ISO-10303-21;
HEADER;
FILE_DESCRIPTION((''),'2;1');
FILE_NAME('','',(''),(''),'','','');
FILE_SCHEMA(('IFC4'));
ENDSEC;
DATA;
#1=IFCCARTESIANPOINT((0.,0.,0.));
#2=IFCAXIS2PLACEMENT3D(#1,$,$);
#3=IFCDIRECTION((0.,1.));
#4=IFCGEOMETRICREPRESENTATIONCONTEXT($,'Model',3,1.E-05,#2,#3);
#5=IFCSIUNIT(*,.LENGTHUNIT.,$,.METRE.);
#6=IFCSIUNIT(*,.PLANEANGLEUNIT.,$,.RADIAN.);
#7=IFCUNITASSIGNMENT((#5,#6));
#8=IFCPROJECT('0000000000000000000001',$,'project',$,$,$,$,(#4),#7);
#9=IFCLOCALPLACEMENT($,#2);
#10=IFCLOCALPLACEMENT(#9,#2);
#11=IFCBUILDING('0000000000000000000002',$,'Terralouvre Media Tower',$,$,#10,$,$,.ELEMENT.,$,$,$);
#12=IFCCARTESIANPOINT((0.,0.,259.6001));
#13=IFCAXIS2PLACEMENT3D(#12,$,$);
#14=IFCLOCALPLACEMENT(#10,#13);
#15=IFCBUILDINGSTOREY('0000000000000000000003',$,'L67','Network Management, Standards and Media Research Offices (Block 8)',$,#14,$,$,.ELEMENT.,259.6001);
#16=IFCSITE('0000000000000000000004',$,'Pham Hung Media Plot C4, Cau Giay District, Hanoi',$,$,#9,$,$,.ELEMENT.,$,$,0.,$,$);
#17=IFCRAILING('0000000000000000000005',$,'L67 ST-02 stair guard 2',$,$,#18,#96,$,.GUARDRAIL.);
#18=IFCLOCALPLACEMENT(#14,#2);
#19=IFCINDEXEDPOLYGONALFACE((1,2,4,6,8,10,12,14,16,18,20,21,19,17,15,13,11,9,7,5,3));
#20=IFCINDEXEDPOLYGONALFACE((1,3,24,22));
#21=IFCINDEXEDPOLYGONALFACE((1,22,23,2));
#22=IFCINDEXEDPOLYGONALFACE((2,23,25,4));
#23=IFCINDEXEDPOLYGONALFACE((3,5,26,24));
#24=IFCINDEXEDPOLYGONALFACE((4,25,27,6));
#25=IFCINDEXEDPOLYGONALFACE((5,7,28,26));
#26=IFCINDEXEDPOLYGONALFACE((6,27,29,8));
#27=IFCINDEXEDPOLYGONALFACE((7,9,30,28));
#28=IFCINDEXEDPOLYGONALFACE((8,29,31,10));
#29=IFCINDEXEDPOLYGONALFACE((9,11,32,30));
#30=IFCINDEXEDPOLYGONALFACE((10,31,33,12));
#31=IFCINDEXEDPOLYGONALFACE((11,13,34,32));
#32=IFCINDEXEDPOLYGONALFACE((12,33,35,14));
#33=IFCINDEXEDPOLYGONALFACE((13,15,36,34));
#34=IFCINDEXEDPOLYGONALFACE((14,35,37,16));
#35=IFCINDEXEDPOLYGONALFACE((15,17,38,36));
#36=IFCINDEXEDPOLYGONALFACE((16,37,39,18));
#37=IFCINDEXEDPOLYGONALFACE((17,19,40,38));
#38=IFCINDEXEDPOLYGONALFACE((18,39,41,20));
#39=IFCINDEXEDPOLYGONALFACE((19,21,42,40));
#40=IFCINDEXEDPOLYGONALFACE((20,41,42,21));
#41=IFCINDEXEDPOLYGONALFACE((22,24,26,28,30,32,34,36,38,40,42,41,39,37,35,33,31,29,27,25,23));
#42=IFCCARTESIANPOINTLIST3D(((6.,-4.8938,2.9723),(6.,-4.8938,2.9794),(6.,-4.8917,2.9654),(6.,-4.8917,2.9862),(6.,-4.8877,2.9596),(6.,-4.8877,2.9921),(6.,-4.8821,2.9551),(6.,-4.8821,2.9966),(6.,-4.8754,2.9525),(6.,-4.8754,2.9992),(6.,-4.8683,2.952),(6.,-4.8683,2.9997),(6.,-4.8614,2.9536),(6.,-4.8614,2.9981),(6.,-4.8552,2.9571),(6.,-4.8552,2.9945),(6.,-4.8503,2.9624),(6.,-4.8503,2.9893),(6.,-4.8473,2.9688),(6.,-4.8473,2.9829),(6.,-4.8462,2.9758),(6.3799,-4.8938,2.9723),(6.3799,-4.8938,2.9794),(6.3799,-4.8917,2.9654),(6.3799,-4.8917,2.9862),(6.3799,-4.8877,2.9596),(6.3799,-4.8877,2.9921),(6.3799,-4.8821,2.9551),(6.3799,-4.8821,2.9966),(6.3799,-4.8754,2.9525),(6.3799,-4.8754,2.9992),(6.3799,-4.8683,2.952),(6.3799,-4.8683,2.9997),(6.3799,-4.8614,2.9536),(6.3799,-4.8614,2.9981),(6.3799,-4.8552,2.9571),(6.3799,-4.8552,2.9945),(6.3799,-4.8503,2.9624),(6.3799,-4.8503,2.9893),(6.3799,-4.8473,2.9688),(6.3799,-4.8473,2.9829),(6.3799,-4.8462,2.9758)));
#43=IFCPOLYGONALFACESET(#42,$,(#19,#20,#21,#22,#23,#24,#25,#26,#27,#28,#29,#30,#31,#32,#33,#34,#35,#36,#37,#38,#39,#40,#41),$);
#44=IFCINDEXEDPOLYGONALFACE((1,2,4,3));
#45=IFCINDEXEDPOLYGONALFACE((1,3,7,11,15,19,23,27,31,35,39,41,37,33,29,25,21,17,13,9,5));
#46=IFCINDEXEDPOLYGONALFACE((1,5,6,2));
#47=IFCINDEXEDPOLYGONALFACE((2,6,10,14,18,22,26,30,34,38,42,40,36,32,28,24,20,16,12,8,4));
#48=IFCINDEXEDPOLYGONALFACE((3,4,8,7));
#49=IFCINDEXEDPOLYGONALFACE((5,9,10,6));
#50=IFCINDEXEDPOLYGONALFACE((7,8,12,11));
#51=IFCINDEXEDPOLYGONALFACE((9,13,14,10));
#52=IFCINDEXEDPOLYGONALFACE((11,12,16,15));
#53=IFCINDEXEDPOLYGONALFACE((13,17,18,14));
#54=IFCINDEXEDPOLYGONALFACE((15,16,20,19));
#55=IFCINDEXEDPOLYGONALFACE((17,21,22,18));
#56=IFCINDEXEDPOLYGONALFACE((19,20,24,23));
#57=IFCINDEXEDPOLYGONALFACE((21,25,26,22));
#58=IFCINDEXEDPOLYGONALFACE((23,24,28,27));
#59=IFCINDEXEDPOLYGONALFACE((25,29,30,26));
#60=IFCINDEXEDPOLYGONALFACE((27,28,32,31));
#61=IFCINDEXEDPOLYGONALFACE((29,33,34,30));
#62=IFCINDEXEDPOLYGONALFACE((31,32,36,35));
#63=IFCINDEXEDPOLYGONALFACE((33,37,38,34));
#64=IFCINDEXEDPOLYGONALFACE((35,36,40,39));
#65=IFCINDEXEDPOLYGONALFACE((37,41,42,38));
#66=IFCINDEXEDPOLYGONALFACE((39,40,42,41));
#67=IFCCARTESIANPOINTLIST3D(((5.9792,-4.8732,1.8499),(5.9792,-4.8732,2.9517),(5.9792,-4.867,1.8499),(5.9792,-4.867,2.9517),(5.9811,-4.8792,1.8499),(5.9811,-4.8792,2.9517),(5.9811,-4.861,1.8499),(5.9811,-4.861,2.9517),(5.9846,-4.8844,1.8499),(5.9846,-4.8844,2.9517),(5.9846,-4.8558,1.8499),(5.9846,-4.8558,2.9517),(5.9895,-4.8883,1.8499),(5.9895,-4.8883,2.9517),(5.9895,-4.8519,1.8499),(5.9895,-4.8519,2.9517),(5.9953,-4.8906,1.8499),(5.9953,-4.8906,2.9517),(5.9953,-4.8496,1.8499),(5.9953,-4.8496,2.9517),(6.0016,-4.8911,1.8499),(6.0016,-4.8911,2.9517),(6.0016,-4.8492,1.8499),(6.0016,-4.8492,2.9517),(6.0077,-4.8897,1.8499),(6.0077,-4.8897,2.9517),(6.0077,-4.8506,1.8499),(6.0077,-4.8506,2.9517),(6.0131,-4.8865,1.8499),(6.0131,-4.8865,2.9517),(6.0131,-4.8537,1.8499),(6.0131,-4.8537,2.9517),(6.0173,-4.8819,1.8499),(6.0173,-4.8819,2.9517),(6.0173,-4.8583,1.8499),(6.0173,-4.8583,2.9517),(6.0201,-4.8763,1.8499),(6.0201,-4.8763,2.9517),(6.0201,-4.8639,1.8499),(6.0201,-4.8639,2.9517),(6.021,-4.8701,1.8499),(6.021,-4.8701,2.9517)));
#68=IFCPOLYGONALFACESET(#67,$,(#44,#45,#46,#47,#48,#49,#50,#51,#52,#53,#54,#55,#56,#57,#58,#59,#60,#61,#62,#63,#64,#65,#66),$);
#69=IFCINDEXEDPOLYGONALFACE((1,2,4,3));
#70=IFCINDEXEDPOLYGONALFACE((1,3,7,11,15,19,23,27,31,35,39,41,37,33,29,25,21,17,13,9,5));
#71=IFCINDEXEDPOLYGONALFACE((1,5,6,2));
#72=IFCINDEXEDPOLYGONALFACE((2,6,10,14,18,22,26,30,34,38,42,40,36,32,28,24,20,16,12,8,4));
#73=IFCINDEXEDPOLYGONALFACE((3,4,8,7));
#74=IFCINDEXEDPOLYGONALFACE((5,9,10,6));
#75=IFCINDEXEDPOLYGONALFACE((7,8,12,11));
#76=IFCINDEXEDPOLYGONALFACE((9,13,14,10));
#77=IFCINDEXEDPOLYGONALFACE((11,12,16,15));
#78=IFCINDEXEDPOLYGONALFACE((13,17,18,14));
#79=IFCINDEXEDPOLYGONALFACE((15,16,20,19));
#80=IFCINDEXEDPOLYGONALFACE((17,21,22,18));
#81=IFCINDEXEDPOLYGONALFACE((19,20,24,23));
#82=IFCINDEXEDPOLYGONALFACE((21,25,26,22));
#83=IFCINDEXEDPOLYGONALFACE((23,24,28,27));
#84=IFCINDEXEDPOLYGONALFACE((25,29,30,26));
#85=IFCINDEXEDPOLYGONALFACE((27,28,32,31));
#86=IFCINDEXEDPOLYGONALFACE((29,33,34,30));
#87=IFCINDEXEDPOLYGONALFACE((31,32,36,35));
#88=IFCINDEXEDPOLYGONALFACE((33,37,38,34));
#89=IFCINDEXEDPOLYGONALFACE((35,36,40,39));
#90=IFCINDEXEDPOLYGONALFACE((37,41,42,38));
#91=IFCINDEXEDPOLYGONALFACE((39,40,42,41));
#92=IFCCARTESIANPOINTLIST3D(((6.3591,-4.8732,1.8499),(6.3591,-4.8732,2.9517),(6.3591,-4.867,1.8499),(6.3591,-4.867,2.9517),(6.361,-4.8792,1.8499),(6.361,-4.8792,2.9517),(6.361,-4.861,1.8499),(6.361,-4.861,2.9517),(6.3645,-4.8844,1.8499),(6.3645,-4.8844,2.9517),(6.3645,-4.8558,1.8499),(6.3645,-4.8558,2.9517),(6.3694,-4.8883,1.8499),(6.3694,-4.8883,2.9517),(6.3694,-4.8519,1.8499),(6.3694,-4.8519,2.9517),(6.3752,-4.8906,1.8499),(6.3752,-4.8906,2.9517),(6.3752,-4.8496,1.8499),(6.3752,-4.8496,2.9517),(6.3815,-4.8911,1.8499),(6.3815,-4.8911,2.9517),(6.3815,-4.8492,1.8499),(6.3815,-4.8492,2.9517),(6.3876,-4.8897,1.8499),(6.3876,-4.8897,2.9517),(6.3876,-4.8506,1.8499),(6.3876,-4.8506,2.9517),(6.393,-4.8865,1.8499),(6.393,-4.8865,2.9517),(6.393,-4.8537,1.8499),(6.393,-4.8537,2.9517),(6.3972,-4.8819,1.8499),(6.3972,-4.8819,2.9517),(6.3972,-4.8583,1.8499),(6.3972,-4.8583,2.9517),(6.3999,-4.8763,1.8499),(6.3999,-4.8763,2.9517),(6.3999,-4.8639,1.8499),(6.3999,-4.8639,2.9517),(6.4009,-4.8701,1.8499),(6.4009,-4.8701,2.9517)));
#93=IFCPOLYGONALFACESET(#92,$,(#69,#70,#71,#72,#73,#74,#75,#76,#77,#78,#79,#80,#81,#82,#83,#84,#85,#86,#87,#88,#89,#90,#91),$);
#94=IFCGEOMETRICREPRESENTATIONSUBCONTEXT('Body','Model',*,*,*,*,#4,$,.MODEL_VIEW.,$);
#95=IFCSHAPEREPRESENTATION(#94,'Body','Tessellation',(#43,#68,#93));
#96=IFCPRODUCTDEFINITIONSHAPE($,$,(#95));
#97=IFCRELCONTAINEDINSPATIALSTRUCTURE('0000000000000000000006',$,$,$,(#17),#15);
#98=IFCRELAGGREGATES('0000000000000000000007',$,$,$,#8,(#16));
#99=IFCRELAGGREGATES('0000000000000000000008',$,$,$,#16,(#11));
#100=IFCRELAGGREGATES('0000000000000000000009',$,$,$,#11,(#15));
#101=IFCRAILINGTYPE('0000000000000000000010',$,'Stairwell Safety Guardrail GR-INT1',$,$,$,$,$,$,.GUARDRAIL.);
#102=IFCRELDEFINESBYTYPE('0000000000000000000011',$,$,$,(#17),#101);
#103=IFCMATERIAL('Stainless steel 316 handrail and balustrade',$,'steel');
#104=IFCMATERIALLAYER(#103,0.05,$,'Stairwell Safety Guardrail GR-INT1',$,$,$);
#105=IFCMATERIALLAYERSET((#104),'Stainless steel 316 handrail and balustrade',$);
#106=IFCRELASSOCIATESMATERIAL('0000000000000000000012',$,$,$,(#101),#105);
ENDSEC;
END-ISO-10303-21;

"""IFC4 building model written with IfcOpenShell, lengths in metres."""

from ifc_helpers import new_model, si_unit, direction, frame, origin, origin_2d, place, context, subcontext, project, spatial, circle, extrude, material, layer, layer_set, type_object, element, save


model = new_model("IFC4")

# Units and contexts
model_context = context("Model", 3, precision=1e-05, world=origin(), true_north=direction((0.0, 1.0)))
body_context = subcontext(model_context, "Body", "Model", "MODEL_VIEW")
ifc_project = project(units=[si_unit("LENGTHUNIT", "METRE"), si_unit("PLANEANGLEUNIT", "RADIAN")], contexts=[model_context])

# Site, building, storey
site_placement = place(None, origin())
site = spatial("IfcSite", under=ifc_project, at=site_placement, Name="Pham Hung Media Plot C4, Cau Giay District, Hanoi", CompositionType="ELEMENT", RefElevation=0.0)
building_placement = place(site_placement, origin())
building = spatial("IfcBuilding", under=site, at=building_placement, Name="Terralouvre Media Tower", CompositionType="ELEMENT")
storey_placement = place(building_placement, frame((0.0, 0.0, 259.6001)))
storey = spatial("IfcBuildingStorey", under=building, at=storey_placement, Name="L67", Description="Network Management, Standards and Media Research Offices (Block 8)", CompositionType="ELEMENT", Elevation=259.6001)

# Railing
ifc_material_1 = material(Name="Stainless steel 316 handrail and balustrade", Category="steel")
ifc_layer_1 = layer(ifc_material_1, 0.05, Name="Stairwell Safety Guardrail GR-INT1")
ifc_layer_set_1 = layer_set([ifc_layer_1], Name="Stainless steel 316 handrail and balustrade")
railing_type_1 = type_object("IfcRailingType", Name="Stairwell Safety Guardrail GR-INT1", PredefinedType="GUARDRAIL", material=ifc_layer_set_1)
railing_1_placement = place(storey_placement, frame((6.0, -4.8701, 1.8499)))
element("IfcRailing", 1, at=railing_1_placement, inside=storey, type_object=railing_type_1, Name="L67 ST-02 stair guard 2", PredefinedType="GUARDRAIL", context=body_context, shape_type="SweptSolid", body=[
    extrude(circle(Radius=0.0239, at=origin_2d()), frame((0.0, 0.0, 1.126), z_axis=(1.0, 0.0, 0.0), x_axis=(0.0, 1.0, 0.0)), (0.0, 0.0, 1.0), 0.3799),
    extrude(circle(Radius=0.021, at=origin_2d()), origin(), (0.0, 0.0, 1.0), 1.1018),
    extrude(circle(Radius=0.021, at=origin_2d()), frame((0.3799, 0.0, 0.0)), (0.0, 0.0, 1.0), 1.1018),
])

save(model, "model.ifc")
